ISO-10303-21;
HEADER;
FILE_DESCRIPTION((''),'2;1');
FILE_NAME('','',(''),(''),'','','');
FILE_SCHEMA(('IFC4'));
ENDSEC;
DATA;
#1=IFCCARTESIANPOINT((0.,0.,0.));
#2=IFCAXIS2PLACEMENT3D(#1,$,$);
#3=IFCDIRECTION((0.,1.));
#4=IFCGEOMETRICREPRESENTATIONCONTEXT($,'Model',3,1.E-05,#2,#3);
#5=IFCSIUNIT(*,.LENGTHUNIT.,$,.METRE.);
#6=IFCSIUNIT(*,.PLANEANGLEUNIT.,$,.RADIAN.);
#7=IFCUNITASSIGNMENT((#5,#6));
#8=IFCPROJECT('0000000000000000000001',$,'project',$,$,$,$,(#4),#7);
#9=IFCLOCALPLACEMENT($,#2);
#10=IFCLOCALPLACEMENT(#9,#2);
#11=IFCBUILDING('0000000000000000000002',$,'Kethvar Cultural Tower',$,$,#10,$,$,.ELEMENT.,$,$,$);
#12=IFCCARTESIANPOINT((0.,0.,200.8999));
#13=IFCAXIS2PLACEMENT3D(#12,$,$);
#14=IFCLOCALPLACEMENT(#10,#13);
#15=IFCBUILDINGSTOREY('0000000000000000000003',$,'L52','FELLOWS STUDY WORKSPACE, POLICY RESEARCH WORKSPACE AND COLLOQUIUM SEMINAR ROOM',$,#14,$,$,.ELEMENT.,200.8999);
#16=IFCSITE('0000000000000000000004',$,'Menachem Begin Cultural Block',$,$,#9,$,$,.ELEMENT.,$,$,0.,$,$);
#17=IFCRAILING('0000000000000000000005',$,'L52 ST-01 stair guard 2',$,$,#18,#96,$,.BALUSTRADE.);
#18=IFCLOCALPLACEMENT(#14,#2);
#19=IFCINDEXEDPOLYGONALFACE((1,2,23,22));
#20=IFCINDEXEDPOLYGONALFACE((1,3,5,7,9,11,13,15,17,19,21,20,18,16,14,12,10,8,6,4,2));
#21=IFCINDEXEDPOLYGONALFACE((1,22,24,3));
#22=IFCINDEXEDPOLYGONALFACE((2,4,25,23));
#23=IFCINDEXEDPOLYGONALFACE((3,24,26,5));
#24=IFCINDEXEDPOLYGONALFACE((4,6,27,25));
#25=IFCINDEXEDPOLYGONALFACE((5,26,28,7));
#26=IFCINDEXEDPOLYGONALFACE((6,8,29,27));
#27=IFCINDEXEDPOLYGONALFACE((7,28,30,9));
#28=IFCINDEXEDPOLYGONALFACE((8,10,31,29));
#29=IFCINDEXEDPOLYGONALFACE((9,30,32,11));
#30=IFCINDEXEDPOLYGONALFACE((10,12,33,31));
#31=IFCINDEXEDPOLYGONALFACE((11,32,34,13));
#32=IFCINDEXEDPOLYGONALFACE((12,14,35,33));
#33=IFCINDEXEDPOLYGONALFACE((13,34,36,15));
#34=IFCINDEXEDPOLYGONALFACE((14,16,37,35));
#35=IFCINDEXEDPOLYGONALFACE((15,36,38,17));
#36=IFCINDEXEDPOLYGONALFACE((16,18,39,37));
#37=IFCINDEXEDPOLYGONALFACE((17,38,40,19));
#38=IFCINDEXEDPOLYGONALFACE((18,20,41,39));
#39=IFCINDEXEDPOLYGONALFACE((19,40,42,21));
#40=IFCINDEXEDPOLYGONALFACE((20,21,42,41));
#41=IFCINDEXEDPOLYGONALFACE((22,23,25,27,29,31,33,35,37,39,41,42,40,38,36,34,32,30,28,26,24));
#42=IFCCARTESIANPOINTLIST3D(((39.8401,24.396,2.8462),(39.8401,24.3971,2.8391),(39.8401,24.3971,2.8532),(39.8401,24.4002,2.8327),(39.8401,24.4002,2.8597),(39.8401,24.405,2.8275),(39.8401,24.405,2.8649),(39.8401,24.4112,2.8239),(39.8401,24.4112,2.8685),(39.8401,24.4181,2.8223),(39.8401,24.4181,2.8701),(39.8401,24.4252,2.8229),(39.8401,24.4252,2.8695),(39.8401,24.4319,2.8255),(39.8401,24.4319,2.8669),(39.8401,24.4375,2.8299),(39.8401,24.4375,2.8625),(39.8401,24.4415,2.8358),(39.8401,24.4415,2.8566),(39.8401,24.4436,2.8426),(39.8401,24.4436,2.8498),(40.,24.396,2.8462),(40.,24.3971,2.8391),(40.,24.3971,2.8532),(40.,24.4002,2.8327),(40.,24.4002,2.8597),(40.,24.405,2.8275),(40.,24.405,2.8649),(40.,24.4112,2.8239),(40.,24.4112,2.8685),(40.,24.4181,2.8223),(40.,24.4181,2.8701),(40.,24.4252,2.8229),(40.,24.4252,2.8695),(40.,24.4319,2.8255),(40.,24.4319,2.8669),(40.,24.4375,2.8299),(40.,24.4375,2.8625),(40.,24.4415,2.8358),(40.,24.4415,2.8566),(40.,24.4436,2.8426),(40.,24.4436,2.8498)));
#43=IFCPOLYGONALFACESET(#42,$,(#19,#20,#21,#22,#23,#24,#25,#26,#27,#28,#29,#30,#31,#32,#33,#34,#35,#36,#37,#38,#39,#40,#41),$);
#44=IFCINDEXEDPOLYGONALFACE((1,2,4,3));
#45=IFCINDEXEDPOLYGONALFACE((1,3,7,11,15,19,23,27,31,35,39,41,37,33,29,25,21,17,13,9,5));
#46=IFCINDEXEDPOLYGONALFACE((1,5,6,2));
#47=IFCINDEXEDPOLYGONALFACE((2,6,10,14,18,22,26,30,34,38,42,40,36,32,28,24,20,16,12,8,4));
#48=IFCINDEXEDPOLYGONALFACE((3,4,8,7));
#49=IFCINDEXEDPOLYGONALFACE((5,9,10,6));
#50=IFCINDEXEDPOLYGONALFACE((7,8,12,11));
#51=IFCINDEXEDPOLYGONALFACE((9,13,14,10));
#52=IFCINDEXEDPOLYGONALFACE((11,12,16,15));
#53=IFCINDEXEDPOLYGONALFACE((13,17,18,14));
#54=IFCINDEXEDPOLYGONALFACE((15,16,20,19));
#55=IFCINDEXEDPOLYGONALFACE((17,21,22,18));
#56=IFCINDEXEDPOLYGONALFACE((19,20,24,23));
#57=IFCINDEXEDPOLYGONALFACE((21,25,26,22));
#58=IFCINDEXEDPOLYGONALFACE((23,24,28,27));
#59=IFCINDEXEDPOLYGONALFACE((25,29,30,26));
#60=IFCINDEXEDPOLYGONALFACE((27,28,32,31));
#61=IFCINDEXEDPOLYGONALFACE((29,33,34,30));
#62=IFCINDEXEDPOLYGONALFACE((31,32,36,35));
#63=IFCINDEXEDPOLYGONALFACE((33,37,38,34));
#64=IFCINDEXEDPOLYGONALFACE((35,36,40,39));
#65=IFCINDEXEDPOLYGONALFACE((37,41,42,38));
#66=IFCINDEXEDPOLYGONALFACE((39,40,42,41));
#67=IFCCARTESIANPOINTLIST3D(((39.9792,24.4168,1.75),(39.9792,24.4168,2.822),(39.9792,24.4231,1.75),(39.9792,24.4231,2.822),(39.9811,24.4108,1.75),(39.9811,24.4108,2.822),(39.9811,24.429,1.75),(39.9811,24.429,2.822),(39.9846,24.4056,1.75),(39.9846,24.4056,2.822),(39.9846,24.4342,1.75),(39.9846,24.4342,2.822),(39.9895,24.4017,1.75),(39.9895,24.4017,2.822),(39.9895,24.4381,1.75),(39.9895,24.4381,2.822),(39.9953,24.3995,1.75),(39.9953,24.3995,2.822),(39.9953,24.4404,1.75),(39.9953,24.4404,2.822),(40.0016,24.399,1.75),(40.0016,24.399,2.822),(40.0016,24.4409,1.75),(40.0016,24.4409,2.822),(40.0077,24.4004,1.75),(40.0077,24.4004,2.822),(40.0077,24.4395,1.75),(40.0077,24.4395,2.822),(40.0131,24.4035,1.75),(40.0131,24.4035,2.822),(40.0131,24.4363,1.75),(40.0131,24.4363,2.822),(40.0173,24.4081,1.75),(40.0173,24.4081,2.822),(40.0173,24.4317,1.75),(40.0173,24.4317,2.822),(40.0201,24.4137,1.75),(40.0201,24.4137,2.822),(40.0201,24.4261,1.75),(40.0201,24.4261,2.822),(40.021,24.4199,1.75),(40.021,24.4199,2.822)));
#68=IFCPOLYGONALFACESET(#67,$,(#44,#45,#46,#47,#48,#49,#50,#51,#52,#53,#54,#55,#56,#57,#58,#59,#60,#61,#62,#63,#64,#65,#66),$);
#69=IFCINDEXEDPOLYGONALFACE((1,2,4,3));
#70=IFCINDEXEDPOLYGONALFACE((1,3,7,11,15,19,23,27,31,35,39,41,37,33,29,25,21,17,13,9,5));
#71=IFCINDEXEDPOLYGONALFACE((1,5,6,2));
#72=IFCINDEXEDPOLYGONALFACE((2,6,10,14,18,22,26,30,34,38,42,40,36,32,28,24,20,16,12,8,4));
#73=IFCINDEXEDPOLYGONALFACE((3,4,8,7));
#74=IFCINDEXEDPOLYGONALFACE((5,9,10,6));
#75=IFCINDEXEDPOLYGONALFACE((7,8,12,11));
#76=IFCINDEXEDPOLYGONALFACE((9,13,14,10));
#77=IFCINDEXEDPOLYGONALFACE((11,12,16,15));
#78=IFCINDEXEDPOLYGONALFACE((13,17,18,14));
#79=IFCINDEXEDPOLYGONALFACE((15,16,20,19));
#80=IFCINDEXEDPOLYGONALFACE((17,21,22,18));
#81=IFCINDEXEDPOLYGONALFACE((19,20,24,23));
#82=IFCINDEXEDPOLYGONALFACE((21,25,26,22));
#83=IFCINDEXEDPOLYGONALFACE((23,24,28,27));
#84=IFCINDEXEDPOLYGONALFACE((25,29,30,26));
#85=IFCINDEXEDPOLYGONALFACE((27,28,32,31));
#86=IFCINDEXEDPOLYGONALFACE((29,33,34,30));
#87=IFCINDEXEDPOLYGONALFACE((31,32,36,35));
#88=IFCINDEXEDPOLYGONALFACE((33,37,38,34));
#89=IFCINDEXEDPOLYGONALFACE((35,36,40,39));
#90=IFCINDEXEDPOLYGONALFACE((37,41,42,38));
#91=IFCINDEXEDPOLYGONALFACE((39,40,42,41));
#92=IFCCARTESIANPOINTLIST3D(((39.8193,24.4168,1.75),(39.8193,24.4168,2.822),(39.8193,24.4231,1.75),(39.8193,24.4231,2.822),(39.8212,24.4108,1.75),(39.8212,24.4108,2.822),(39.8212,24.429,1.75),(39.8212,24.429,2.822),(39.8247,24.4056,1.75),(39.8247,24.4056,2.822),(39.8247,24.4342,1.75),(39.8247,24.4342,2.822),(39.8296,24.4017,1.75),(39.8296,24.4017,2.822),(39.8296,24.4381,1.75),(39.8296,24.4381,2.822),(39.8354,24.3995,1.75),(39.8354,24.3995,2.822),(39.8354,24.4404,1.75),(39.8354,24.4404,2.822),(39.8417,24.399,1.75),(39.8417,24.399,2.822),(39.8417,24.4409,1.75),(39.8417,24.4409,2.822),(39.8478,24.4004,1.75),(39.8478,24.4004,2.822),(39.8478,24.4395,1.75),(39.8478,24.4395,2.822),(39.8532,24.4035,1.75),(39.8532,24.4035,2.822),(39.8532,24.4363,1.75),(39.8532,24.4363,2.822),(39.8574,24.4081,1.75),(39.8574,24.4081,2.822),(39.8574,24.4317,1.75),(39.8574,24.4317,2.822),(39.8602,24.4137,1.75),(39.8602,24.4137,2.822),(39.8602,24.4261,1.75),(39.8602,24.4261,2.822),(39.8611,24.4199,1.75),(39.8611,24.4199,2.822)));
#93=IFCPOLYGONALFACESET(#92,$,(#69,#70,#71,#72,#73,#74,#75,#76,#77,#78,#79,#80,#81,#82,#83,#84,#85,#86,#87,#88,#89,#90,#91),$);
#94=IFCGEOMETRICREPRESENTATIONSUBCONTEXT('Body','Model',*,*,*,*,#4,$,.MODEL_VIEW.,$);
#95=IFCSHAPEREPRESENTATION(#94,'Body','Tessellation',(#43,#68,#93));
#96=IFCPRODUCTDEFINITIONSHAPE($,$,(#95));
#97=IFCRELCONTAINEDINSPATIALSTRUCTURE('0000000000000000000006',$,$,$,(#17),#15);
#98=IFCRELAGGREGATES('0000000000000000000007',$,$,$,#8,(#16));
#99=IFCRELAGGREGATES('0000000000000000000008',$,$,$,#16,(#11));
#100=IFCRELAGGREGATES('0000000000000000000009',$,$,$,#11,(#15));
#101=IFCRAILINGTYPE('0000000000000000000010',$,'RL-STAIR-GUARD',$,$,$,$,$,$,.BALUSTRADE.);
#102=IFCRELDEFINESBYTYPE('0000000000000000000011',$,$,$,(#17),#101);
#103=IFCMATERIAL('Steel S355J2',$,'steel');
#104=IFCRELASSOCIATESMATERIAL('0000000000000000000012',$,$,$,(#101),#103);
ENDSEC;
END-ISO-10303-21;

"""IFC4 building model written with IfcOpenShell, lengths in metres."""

from ifc_helpers import new_model, si_unit, direction, frame, origin, origin_2d, place, context, subcontext, project, spatial, circle, extrude, material, type_object, element, save


model = new_model("IFC4")

# Units and contexts
model_context = context("Model", 3, precision=1e-05, world=origin(), true_north=direction((0.0, 1.0)))
body_context = subcontext(model_context, "Body", "Model", "MODEL_VIEW")
ifc_project = project(units=[si_unit("LENGTHUNIT", "METRE"), si_unit("PLANEANGLEUNIT", "RADIAN")], contexts=[model_context])

# Site, building, storey
site_placement = place(None, origin())
site = spatial("IfcSite", under=ifc_project, at=site_placement, Name="Menachem Begin Cultural Block", CompositionType="ELEMENT", RefElevation=0.0)
building_placement = place(site_placement, origin())
building = spatial("IfcBuilding", under=site, at=building_placement, Name="Kethvar Cultural Tower", CompositionType="ELEMENT")
storey_placement = place(building_placement, frame((0.0, 0.0, 200.8999)))
storey = spatial("IfcBuildingStorey", under=building, at=storey_placement, Name="L52", Description="FELLOWS STUDY WORKSPACE, POLICY RESEARCH WORKSPACE AND COLLOQUIUM SEMINAR ROOM", CompositionType="ELEMENT", Elevation=200.8999)

# Shared definitions
ifc_material_1 = material(Name="Steel S355J2", Category="steel")

# Railing
railing_type_1 = type_object("IfcRailingType", Name="RL-STAIR-GUARD", PredefinedType="BALUSTRADE", material=ifc_material_1)
railing_1_placement = place(storey_placement, frame((40.0, 24.4199, 1.75)))
element("IfcRailing", 1, at=railing_1_placement, inside=storey, type_object=railing_type_1, Name="L52 ST-01 stair guard 2", PredefinedType="BALUSTRADE", context=body_context, shape_type="SweptSolid", body=[
    extrude(circle(Radius=0.0239, at=origin_2d()), frame((0.0, 0.0, 1.0962), z_axis=(-1.0, 0.0, 0.0), x_axis=(0.0, -1.0, 0.0)), (0.0, 0.0, 1.0), 0.1599),
    extrude(circle(Radius=0.021, at=origin_2d()), origin(), (0.0, 0.0, 1.0), 1.072),
    extrude(circle(Radius=0.021, at=origin_2d()), frame((-0.1599, 0.0, 0.0)), (0.0, 0.0, 1.0), 1.072),
])

save(model, "model.ifc")
